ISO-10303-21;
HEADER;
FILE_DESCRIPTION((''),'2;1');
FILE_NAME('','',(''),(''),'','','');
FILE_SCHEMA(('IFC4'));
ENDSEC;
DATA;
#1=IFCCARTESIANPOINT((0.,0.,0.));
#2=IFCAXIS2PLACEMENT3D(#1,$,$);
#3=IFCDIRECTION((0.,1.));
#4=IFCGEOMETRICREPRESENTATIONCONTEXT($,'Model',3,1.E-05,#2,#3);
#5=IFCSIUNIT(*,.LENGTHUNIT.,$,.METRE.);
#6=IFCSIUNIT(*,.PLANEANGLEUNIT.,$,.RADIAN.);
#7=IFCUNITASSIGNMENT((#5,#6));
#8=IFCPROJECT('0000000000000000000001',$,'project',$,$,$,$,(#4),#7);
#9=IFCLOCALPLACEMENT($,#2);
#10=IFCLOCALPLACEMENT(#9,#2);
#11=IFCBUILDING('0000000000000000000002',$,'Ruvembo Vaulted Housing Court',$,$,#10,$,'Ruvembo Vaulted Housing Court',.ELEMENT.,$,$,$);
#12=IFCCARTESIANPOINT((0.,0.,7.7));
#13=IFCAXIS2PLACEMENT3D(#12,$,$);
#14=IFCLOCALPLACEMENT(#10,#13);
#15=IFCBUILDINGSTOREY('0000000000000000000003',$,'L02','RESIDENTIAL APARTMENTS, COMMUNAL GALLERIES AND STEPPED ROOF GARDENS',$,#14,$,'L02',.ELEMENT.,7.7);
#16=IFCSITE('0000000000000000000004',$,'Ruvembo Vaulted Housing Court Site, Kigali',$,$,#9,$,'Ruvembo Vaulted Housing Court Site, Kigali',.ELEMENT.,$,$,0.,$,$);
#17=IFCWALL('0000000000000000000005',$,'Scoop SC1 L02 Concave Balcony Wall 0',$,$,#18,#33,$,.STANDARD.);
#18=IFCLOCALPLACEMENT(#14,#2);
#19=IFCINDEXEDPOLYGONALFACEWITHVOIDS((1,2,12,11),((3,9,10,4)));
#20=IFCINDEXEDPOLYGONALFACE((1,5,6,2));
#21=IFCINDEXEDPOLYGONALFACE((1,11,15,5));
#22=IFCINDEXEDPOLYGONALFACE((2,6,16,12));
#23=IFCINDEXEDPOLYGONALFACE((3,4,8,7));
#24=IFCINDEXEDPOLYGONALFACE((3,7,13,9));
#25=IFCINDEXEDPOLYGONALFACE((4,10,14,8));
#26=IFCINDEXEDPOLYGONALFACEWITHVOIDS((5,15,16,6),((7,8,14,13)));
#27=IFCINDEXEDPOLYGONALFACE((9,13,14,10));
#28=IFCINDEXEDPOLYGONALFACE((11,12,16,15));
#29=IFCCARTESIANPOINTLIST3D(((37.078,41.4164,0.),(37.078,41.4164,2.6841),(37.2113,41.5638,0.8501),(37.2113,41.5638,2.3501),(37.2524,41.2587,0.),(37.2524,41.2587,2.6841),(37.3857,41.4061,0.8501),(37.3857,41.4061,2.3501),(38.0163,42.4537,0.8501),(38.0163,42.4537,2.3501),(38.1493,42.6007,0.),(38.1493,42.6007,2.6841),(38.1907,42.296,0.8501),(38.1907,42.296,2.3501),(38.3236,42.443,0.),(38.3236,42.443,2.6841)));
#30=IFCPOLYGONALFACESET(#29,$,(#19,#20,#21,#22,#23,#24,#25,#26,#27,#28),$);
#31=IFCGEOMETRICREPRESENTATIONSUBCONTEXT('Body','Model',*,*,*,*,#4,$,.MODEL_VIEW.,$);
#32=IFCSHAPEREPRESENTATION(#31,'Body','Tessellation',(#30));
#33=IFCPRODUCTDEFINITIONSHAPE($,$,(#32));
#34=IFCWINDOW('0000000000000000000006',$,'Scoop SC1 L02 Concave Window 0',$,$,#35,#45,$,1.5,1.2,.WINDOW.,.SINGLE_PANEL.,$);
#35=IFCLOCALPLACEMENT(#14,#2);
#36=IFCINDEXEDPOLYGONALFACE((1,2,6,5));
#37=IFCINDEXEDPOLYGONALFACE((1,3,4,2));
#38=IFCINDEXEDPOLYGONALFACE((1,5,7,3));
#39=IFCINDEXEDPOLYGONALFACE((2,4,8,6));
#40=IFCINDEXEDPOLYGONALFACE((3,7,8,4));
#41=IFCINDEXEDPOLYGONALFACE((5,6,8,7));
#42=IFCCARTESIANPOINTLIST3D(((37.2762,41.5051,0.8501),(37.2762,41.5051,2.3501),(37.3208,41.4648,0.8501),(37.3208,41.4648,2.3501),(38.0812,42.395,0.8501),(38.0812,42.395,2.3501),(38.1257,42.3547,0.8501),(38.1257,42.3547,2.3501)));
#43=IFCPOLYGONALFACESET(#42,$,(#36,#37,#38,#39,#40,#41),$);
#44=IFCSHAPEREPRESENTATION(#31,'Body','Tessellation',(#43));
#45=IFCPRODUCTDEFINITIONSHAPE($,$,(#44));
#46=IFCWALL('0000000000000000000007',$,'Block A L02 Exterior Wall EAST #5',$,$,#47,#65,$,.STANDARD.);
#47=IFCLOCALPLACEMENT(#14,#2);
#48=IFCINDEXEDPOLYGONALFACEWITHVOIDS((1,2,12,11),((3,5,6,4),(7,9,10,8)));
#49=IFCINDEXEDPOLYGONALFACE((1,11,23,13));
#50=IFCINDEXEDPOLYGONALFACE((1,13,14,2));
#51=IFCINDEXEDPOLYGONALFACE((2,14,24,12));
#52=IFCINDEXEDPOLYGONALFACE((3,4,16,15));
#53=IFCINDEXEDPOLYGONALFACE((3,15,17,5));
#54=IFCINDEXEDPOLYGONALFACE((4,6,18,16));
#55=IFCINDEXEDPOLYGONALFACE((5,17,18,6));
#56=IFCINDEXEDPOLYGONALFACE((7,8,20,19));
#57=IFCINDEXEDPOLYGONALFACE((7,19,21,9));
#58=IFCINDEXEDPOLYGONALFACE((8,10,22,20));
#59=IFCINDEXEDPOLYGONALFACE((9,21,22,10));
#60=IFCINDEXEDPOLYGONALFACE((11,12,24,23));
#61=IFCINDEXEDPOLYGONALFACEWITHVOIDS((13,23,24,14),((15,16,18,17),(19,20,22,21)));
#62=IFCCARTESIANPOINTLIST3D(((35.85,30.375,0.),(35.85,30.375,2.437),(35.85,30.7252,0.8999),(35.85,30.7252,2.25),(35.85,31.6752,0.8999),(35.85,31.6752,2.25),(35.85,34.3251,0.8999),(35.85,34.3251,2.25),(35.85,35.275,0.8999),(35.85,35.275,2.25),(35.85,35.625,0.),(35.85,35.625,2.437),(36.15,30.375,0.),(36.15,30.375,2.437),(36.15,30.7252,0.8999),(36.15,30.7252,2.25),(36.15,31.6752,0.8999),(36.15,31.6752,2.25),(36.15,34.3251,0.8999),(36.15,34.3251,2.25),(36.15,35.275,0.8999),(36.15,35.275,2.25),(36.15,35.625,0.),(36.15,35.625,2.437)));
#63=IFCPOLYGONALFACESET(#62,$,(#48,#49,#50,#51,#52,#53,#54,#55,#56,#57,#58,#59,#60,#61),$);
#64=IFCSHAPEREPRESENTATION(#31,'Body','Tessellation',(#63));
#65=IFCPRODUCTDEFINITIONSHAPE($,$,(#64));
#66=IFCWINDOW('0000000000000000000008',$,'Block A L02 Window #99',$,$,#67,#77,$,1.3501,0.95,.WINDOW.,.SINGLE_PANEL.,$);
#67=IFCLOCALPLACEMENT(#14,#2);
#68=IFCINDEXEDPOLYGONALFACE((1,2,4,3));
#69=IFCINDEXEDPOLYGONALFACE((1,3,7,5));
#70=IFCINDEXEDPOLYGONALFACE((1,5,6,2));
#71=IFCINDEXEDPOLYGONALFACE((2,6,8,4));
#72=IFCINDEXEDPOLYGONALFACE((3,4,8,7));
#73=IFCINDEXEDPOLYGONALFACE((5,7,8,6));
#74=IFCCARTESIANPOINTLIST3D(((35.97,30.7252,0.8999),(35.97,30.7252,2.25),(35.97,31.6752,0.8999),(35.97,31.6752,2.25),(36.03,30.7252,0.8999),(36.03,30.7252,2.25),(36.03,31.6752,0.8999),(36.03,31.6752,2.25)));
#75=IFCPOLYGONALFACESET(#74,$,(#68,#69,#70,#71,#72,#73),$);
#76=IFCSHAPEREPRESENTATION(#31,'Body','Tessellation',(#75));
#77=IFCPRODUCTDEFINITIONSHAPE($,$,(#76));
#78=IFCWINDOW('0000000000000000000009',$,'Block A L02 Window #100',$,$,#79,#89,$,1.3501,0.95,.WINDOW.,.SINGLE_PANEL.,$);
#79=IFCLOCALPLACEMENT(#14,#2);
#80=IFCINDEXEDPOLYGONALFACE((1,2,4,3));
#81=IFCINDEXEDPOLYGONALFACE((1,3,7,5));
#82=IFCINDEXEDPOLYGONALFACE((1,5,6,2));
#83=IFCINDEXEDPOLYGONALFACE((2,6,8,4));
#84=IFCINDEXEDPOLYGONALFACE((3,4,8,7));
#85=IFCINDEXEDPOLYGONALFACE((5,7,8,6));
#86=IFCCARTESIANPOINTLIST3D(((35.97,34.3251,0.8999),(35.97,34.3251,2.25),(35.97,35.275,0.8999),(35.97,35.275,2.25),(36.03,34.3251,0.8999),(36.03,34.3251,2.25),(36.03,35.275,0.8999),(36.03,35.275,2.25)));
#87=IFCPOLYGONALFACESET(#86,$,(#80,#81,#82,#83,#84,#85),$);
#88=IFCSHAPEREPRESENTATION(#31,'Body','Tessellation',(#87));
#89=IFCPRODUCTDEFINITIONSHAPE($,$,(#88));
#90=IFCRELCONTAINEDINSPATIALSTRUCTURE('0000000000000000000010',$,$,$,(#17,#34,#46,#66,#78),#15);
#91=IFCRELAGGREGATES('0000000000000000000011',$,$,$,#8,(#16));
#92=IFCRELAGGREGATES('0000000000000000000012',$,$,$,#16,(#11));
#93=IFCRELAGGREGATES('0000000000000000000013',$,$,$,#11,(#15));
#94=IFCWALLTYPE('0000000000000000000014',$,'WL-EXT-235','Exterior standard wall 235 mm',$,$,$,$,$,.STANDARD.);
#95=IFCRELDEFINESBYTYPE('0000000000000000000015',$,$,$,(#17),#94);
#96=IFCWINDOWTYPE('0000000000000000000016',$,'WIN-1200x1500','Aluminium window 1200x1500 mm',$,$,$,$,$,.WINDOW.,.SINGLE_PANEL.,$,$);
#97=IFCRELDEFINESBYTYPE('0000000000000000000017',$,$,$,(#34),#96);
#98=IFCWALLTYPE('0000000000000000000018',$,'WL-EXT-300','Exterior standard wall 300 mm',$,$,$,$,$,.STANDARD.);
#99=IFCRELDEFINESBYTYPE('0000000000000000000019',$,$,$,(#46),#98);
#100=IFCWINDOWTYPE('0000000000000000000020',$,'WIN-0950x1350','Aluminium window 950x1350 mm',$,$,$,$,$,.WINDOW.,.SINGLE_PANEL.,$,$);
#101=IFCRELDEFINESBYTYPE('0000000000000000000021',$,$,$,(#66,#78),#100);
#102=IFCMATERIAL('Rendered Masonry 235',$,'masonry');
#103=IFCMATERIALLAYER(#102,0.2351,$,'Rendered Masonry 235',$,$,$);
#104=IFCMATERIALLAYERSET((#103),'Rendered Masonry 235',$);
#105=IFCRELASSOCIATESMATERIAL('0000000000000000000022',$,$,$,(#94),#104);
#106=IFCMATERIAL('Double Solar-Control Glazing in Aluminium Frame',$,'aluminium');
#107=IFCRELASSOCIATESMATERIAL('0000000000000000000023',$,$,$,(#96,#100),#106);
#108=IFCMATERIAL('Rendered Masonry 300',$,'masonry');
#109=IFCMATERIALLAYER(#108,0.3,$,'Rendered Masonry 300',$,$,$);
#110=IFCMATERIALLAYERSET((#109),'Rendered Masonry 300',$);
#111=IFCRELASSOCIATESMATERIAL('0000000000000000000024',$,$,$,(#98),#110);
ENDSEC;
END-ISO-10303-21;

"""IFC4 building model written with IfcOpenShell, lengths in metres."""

from ifc_helpers import new_model, si_unit, direction, frame, frame_2d, origin, place, context, subcontext, project, spatial, rectangle, extrude, material, layer, layer_set, type_object, element, fill, save


model = new_model("IFC4")

# Units and contexts
model_context = context("Model", 3, precision=1e-05, world=origin(), true_north=direction((0.0, 1.0)))
body_context = subcontext(model_context, "Body", "Model", "MODEL_VIEW")
ifc_project = project(units=[si_unit("LENGTHUNIT", "METRE"), si_unit("PLANEANGLEUNIT", "RADIAN")], contexts=[model_context])

# Site, building, storey
site_placement = place(None, origin())
site = spatial("IfcSite", under=ifc_project, at=site_placement, Name="Ruvembo Vaulted Housing Court Site, Kigali", LongName="Ruvembo Vaulted Housing Court Site, Kigali", CompositionType="ELEMENT", RefElevation=0.0)
building_placement = place(site_placement, origin())
building = spatial("IfcBuilding", under=site, at=building_placement, Name="Ruvembo Vaulted Housing Court", LongName="Ruvembo Vaulted Housing Court", CompositionType="ELEMENT")
storey_placement = place(building_placement, frame((0.0, 0.0, 7.7)))
storey = spatial("IfcBuildingStorey", under=building, at=storey_placement, Name="L02", Description="RESIDENTIAL APARTMENTS, COMMUNAL GALLERIES AND STEPPED ROOF GARDENS", LongName="L02", CompositionType="ELEMENT", Elevation=7.7)

# Wall, opening, window
ifc_material_1 = material(Name="Rendered Masonry 235", Category="masonry")
ifc_layer_1 = layer(ifc_material_1, 0.2351, Name="Rendered Masonry 235")
ifc_layer_set_1 = layer_set([ifc_layer_1], Name="Rendered Masonry 235")
wall_type_1 = type_object("IfcWallType", Name="WL-EXT-235", Description="Exterior standard wall 235 mm", PredefinedType="STANDARD", material=ifc_layer_set_1)
wall_1_placement = place(storey_placement, frame((37.1653, 41.3376, 0.0), z_axis=(0.0, 0.0, 1.0), x_axis=(0.670829, 0.741612, 0.0)))
wall_1 = element("IfcWall", 1, at=wall_1_placement, inside=storey, type_object=wall_type_1, Name="Scoop SC1 L02 Concave Balcony Wall 0", PredefinedType="STANDARD", context=body_context, shape_type="SweptSolid", body=[
    extrude(rectangle(XDim=1.5969, YDim=0.2351, at=frame_2d((0.7983, 0.0))), origin(), (0.0, 0.0, 1.0), 2.6841),
])
opening_1_placement = place(wall_1_placement, frame((0.1985, 0.0, 0.8501)))
opening_1 = element("IfcOpeningElement", 2, at=opening_1_placement, cuts=wall_1, PredefinedType="OPENING", context=body_context, shape_type="SweptSolid", body=[
    extrude(rectangle(XDim=1.2, YDim=1.5, at=frame_2d((0.6001, 0.75))), frame((0.0, 0.1274, 0.0), z_axis=(0.0, -1.0, 0.0), x_axis=(1.0, 0.0, 0.0)), (0.0, 0.0, 1.0), 0.2551),
])
ifc_material_2 = material(Name="Double Solar-Control Glazing in Aluminium Frame", Category="aluminium")
window_type_1 = type_object("IfcWindowType", Name="WIN-1200x1500", Description="Aluminium window 1200x1500 mm", PartitioningType="SINGLE_PANEL", PredefinedType="WINDOW", material=ifc_material_2)
window_1_placement = place(opening_1_placement, origin())
window_1 = element("IfcWindow", 3, at=window_1_placement, inside=storey, type_object=window_type_1, Name="Scoop SC1 L02 Concave Window 0", OverallHeight=1.5, OverallWidth=1.2, PartitioningType="SINGLE_PANEL", PredefinedType="WINDOW", context=body_context, shape_type="SweptSolid", body=[
    extrude(rectangle(XDim=1.2, YDim=1.5, at=frame_2d((0.6001, 0.75))), frame((0.0, 0.03, 0.0), z_axis=(0.0, -1.0, 0.0), x_axis=(1.0, 0.0, 0.0)), (0.0, 0.0, 1.0), 0.0601),
])
fill(opening_1, window_1)

# Wall, openings, windows
ifc_material_3 = material(Name="Rendered Masonry 300", Category="masonry")
ifc_layer_2 = layer(ifc_material_3, 0.3, Name="Rendered Masonry 300")
ifc_layer_set_2 = layer_set([ifc_layer_2], Name="Rendered Masonry 300")
wall_type_2 = type_object("IfcWallType", Name="WL-EXT-300", Description="Exterior standard wall 300 mm", PredefinedType="STANDARD", material=ifc_layer_set_2)
wall_2_placement = place(storey_placement, frame((36.0, 30.375, 0.0), z_axis=(0.0, 0.0, 1.0), x_axis=(0.0, 1.0, 0.0)))
wall_2 = element("IfcWall", 4, at=wall_2_placement, inside=storey, type_object=wall_type_2, Name="Block A L02 Exterior Wall EAST #5", PredefinedType="STANDARD", context=body_context, shape_type="SweptSolid", body=[
    extrude(rectangle(XDim=5.25, YDim=0.3, at=frame_2d((2.625, 0.0))), origin(), (0.0, 0.0, 1.0), 2.437),
])
opening_2_placement = place(wall_2_placement, frame((0.3501, 0.0, 0.8999)))
opening_2 = element("IfcOpeningElement", 5, at=opening_2_placement, cuts=wall_2, PredefinedType="OPENING", context=body_context, shape_type="SweptSolid", body=[
    extrude(rectangle(XDim=0.95, YDim=1.3501, at=frame_2d((0.4751, 0.675))), frame((0.0, 0.1599, 0.0), z_axis=(0.0, -1.0, 0.0), x_axis=(1.0, 0.0, 0.0)), (0.0, 0.0, 1.0), 0.3201),
])
opening_3_placement = place(wall_2_placement, frame((3.95, 0.0, 0.8999)))
opening_3 = element("IfcOpeningElement", 6, at=opening_3_placement, cuts=wall_2, PredefinedType="OPENING", context=body_context, shape_type="SweptSolid", body=[
    extrude(rectangle(XDim=0.95, YDim=1.3501, at=frame_2d((0.4751, 0.675))), frame((0.0, 0.1599, 0.0), z_axis=(0.0, -1.0, 0.0), x_axis=(1.0, 0.0, 0.0)), (0.0, 0.0, 1.0), 0.3201),
])
window_type_2 = type_object("IfcWindowType", Name="WIN-0950x1350", Description="Aluminium window 950x1350 mm", PartitioningType="SINGLE_PANEL", PredefinedType="WINDOW", material=ifc_material_2)
window_2_placement = place(opening_2_placement, origin())
window_2 = element("IfcWindow", 7, at=window_2_placement, inside=storey, type_object=window_type_2, Name="Block A L02 Window #99", OverallHeight=1.3501, OverallWidth=0.95, PartitioningType="SINGLE_PANEL", PredefinedType="WINDOW", context=body_context, shape_type="SweptSolid", body=[
    extrude(rectangle(XDim=0.95, YDim=1.3501, at=frame_2d((0.4751, 0.675))), frame((0.0, 0.03, 0.0), z_axis=(0.0, -1.0, 0.0), x_axis=(1.0, 0.0, 0.0)), (0.0, 0.0, 1.0), 0.0601),
])
fill(opening_2, window_2)
window_3_placement = place(opening_3_placement, origin())
window_3 = element("IfcWindow", 8, at=window_3_placement, inside=storey, type_object=window_type_2, Name="Block A L02 Window #100", OverallHeight=1.3501, OverallWidth=0.95, PartitioningType="SINGLE_PANEL", PredefinedType="WINDOW", context=body_context, shape_type="SweptSolid", body=[
    extrude(rectangle(XDim=0.95, YDim=1.3501, at=frame_2d((0.4751, 0.675))), frame((0.0, 0.03, 0.0), z_axis=(0.0, -1.0, 0.0), x_axis=(1.0, 0.0, 0.0)), (0.0, 0.0, 1.0), 0.0601),
])
fill(opening_3, window_3)

save(model, "model.ifc")
